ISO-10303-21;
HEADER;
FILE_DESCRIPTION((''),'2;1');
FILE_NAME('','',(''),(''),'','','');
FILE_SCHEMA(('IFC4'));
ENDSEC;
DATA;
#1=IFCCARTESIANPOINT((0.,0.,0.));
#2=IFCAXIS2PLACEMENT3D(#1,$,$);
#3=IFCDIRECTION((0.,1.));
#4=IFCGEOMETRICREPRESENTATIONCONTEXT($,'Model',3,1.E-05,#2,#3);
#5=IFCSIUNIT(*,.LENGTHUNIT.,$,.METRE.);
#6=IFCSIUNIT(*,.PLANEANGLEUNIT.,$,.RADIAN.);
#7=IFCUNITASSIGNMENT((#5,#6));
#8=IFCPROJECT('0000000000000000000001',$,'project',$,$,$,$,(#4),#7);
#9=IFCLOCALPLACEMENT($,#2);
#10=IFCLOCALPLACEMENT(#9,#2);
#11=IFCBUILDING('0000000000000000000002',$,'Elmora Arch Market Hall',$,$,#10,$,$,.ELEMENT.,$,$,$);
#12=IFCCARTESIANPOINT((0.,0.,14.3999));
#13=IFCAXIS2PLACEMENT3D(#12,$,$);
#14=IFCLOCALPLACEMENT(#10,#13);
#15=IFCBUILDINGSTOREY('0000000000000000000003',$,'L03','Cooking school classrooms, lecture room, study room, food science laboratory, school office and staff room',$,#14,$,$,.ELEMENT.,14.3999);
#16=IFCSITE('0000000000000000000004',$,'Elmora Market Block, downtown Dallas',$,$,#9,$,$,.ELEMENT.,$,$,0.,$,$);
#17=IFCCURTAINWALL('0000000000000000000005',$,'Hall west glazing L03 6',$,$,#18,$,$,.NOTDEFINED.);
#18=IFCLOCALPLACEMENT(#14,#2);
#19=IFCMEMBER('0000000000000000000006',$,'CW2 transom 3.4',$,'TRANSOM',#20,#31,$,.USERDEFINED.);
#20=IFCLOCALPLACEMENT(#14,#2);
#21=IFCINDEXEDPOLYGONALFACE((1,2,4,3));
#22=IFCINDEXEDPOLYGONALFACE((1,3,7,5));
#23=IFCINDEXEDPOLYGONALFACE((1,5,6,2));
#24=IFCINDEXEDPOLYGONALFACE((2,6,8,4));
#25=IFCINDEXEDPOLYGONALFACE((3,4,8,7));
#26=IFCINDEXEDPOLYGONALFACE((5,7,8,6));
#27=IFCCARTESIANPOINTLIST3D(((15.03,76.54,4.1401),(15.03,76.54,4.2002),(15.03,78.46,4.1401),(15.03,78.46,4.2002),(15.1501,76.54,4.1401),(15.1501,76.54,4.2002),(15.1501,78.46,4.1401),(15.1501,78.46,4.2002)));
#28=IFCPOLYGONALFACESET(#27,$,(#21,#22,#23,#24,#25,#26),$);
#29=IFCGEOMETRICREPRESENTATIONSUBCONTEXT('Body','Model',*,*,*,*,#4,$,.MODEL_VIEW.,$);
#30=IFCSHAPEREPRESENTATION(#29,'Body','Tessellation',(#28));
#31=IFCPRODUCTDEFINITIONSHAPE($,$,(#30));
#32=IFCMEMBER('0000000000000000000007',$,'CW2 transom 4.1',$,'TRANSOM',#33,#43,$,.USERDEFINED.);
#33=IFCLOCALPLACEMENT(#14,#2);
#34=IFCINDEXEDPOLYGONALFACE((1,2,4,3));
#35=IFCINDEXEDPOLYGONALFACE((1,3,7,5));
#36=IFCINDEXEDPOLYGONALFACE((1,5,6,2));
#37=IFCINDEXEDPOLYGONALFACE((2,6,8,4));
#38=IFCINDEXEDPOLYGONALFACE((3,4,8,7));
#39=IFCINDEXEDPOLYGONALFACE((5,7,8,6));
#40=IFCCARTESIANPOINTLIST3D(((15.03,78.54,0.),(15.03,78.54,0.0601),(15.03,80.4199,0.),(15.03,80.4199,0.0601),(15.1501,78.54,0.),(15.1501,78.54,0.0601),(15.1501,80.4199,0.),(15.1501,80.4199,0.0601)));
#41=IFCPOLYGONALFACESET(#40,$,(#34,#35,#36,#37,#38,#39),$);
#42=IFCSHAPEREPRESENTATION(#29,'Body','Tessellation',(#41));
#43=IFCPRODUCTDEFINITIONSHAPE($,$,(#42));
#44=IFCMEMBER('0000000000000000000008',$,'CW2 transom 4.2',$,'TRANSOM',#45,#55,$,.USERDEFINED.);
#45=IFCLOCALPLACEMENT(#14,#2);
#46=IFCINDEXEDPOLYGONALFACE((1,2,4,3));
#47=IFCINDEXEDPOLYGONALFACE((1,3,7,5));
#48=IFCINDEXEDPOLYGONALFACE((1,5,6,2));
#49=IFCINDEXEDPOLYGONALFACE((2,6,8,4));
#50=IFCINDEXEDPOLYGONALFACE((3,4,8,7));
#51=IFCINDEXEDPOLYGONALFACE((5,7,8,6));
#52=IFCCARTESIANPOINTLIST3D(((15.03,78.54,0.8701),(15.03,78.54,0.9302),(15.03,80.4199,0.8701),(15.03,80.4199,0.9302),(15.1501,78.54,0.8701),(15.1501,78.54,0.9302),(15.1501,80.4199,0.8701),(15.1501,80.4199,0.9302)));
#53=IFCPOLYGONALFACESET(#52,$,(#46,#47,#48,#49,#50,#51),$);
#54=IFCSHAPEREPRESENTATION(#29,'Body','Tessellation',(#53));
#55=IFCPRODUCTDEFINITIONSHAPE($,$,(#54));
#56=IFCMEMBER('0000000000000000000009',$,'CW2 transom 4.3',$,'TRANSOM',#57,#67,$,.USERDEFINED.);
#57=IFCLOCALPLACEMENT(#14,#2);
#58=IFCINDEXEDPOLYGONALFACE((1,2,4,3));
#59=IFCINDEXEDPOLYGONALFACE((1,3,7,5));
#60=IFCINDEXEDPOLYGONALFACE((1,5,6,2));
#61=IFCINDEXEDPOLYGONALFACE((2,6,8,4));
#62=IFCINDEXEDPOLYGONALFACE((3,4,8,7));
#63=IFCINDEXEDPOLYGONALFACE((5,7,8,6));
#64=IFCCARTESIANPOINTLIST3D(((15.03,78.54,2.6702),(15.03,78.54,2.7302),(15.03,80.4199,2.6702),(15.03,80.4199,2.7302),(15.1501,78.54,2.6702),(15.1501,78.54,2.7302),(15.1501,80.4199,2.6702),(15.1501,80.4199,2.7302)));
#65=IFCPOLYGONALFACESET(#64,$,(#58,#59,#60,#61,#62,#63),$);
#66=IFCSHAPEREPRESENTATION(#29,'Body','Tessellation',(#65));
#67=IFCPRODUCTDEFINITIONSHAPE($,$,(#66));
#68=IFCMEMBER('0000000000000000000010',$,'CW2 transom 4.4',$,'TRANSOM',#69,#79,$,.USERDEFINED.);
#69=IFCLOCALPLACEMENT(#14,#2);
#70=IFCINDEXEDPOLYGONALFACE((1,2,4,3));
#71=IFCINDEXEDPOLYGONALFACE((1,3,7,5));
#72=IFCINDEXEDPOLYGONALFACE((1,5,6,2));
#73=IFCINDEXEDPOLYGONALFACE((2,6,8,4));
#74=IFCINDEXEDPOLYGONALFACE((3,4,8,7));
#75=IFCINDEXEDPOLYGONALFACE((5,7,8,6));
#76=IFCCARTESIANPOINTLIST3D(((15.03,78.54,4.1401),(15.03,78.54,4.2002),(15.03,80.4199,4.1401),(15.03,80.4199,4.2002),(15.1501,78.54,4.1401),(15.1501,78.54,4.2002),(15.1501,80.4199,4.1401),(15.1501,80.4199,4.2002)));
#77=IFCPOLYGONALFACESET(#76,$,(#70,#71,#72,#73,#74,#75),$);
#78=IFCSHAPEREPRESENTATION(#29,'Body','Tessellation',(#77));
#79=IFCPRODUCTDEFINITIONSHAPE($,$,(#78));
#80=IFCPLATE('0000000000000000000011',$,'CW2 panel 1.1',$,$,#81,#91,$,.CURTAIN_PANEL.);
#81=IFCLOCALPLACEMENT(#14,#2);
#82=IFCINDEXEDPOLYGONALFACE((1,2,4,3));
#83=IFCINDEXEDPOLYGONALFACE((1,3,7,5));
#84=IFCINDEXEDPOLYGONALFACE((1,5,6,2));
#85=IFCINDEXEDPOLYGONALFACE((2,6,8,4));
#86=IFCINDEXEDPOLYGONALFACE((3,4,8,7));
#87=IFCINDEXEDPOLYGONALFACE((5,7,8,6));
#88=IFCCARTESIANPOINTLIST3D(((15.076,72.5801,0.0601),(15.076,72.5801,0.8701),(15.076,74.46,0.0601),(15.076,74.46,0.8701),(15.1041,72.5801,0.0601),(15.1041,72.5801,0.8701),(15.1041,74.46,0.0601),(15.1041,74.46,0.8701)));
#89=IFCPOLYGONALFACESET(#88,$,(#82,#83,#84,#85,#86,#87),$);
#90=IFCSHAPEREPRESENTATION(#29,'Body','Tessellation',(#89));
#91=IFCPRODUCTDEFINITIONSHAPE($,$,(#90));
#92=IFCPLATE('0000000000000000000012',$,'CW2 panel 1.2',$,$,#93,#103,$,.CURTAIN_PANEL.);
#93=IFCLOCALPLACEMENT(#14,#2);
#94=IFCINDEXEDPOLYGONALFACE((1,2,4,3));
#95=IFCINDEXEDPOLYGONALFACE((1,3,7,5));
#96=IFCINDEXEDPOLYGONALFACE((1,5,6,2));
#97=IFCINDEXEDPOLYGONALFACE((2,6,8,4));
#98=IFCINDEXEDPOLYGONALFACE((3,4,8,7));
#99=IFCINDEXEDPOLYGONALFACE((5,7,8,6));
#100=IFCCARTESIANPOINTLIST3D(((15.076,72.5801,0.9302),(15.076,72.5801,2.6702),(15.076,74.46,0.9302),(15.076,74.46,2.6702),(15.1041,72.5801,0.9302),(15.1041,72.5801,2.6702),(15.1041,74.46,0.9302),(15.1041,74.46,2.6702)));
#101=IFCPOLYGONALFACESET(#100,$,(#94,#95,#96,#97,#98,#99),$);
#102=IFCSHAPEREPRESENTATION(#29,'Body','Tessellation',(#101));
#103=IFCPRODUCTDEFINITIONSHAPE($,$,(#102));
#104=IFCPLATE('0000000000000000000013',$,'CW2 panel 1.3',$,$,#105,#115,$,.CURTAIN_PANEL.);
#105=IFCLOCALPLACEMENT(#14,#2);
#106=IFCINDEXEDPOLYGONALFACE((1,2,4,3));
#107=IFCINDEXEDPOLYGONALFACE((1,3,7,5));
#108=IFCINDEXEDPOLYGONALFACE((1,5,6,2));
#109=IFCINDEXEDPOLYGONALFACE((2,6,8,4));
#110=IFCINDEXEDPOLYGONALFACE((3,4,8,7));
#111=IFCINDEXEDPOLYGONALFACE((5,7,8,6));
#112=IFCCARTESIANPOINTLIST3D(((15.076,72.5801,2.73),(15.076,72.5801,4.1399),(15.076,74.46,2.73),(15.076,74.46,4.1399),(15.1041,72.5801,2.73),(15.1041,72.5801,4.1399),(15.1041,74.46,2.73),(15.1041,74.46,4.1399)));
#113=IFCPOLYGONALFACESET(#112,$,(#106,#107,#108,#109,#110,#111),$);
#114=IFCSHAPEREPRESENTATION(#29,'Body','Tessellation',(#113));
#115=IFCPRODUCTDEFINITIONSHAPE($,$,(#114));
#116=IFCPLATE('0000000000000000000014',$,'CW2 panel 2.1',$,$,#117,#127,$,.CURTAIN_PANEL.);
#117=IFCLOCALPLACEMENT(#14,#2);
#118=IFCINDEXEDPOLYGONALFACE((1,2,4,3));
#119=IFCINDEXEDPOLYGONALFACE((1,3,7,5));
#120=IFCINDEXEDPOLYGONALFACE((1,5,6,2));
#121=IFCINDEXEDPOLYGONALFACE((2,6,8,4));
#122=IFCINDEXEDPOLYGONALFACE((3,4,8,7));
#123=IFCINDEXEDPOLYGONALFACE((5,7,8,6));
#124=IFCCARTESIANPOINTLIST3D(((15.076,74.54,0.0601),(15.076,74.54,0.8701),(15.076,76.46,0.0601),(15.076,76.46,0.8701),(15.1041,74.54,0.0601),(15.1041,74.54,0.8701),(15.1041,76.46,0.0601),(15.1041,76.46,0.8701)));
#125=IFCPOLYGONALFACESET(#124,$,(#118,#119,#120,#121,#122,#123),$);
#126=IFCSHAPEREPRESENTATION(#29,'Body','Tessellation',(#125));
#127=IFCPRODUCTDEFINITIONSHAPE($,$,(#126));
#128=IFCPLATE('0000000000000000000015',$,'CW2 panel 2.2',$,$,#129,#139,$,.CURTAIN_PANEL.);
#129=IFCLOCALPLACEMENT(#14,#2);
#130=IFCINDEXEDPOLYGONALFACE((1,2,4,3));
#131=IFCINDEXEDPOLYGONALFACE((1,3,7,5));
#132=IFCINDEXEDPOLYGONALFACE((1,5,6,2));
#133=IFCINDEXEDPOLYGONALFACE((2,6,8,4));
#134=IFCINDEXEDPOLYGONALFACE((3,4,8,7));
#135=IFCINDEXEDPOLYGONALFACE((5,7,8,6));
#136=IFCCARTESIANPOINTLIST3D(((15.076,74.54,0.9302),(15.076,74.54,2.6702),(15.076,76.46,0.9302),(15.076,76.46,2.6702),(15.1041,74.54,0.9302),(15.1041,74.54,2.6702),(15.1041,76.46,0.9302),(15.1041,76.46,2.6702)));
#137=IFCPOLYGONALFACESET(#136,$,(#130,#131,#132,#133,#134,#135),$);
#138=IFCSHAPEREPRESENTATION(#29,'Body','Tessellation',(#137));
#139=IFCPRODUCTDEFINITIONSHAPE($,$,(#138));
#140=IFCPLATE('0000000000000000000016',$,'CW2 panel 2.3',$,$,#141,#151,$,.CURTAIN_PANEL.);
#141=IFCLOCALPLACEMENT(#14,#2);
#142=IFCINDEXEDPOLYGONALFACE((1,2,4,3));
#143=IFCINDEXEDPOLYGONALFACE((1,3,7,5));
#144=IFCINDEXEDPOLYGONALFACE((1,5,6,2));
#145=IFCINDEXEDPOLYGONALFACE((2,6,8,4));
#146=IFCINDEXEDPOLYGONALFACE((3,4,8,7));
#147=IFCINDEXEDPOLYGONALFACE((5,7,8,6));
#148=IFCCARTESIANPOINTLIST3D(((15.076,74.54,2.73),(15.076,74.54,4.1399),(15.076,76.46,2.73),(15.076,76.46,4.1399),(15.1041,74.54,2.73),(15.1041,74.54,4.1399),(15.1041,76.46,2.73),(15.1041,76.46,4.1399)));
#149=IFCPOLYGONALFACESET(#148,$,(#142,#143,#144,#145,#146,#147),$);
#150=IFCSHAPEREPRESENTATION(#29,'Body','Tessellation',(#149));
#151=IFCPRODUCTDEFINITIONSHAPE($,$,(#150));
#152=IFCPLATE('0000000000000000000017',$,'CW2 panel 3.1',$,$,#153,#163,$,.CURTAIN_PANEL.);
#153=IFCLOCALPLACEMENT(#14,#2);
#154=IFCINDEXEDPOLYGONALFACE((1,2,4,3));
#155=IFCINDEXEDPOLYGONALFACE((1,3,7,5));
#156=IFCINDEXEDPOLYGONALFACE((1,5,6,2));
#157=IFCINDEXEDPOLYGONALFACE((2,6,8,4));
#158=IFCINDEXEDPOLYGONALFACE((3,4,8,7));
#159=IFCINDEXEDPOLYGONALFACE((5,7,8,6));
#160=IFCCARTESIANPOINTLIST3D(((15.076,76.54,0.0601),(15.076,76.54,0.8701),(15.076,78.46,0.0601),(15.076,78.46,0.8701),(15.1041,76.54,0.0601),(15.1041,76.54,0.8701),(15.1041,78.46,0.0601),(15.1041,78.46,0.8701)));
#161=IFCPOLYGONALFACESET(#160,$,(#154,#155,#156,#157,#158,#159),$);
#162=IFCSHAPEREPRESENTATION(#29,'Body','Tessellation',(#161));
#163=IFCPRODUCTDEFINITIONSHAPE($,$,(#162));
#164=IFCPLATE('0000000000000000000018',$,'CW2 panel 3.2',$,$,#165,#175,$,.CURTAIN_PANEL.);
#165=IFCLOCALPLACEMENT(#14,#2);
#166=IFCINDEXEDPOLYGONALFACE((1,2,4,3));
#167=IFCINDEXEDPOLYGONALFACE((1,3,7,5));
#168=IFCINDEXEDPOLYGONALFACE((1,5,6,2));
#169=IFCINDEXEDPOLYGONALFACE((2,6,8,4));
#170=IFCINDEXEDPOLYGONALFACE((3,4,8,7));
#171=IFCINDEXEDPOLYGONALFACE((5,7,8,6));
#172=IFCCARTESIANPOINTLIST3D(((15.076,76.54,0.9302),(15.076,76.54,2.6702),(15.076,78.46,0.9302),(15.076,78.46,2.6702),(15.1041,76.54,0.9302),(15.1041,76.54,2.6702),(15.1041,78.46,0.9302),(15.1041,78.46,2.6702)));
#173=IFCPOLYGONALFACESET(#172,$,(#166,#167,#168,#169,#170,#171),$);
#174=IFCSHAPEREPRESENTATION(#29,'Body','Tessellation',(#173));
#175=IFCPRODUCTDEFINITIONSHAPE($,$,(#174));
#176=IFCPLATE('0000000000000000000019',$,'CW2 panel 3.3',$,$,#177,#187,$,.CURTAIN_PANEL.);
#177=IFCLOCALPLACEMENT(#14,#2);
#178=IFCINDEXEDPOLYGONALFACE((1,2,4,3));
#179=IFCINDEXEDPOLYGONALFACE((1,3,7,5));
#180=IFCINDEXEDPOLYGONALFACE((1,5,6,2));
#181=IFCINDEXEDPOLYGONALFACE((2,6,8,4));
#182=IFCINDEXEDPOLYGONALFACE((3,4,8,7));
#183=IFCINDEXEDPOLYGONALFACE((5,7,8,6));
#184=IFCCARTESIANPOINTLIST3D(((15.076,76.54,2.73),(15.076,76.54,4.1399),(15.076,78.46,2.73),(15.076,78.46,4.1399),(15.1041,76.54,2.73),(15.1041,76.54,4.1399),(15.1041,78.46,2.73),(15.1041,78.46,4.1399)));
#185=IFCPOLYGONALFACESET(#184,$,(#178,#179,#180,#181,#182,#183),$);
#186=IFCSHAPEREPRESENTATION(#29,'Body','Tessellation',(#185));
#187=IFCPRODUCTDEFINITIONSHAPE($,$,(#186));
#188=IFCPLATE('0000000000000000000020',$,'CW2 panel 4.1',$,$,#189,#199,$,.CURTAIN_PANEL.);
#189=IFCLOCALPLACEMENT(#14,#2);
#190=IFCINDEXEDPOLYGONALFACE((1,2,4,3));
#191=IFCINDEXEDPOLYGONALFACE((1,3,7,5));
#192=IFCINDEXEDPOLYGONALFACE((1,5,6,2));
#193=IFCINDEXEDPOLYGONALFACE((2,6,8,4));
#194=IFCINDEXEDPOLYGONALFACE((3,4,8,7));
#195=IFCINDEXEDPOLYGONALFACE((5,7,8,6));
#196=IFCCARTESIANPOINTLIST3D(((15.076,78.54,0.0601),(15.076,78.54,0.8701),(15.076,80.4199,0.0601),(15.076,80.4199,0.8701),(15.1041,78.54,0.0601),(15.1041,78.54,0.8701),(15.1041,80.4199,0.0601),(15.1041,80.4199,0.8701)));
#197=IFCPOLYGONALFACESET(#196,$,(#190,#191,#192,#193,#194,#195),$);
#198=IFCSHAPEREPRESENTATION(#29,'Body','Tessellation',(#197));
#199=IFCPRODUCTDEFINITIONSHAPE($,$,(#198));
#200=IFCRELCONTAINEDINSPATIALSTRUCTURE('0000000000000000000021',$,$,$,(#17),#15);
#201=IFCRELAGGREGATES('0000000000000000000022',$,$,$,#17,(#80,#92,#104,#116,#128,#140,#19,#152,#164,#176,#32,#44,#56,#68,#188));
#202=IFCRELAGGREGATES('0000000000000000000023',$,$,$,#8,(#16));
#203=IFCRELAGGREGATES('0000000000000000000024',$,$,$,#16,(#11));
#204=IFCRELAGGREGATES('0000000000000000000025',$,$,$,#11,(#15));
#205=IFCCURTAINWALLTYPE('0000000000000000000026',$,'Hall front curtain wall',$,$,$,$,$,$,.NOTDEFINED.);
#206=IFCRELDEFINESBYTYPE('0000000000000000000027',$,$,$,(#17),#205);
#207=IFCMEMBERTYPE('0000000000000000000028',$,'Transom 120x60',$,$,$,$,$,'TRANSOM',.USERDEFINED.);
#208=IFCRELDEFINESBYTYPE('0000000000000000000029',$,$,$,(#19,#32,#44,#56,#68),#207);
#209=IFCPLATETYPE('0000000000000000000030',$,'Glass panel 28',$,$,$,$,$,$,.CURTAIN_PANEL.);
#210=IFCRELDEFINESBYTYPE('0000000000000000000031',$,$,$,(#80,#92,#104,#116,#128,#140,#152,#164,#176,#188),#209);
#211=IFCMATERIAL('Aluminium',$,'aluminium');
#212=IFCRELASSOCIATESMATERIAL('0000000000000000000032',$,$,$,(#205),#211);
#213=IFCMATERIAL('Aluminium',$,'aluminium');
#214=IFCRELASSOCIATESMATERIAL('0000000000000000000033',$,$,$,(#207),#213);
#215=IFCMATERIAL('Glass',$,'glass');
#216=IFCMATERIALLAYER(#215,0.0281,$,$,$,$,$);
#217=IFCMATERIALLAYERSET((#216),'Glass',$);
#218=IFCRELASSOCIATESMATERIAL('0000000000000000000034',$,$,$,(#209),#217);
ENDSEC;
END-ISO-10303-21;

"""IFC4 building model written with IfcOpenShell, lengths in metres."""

from ifc_helpers import new_model, si_unit, direction, frame, origin, origin_2d, place, context, subcontext, project, spatial, rectangle, extrude, material, layer, layer_set, material_profile, profile_set, type_object, element, aggregate, save


model = new_model("IFC4")

# Units and contexts
model_context = context("Model", 3, precision=1e-05, world=origin(), true_north=direction((0.0, 1.0)))
body_context = subcontext(model_context, "Body", "Model", "MODEL_VIEW")
ifc_project = project(units=[si_unit("LENGTHUNIT", "METRE"), si_unit("PLANEANGLEUNIT", "RADIAN")], contexts=[model_context])

# Site, building, storey
site_placement = place(None, origin())
site = spatial("IfcSite", under=ifc_project, at=site_placement, Name="Elmora Market Block, downtown Dallas", CompositionType="ELEMENT", RefElevation=0.0)
building_placement = place(site_placement, origin())
building = spatial("IfcBuilding", under=site, at=building_placement, Name="Elmora Arch Market Hall", CompositionType="ELEMENT")
storey_placement = place(building_placement, frame((0.0, 0.0, 14.3999)))
storey = spatial("IfcBuildingStorey", under=building, at=storey_placement, Name="L03", Description="Cooking school classrooms, lecture room, study room, food science laboratory, school office and staff room", CompositionType="ELEMENT", Elevation=14.3999)

# Curtain wall, members, plates
ifc_material_1 = material(Name="Aluminium", Category="aluminium")
curtain_wall_type = type_object("IfcCurtainWallType", Name="Hall front curtain wall", PredefinedType="NOTDEFINED", material=ifc_material_1)
curtain_wall_placement = place(storey_placement, origin())
curtain_wall = element("IfcCurtainWall", 1, at=curtain_wall_placement, inside=storey, type_object=curtain_wall_type, Name="Hall west glazing L03 6", PredefinedType="NOTDEFINED")
ifc_material_2 = material(Name="Aluminium", Category="aluminium")
ifc_material_profile_1 = material_profile(ifc_material_2, rectangle(XDim=0.1201, YDim=0.0601, at=origin_2d()), Name="AL 120x60")
ifc_profile_set_1 = profile_set([ifc_material_profile_1], Name="Aluminium")
member_type_1 = type_object("IfcMemberType", Name="Transom 120x60", ElementType="TRANSOM", PredefinedType="USERDEFINED", material=ifc_profile_set_1)
member_1_placement = place(storey_placement, frame((15.0901, 76.54, 4.1702), z_axis=(0.0, 1.0, 0.0), x_axis=(-1.0, 0.0, 0.0)))
member_1 = element("IfcMember", 2, at=member_1_placement, type_object=member_type_1, Name="CW2 transom 3.4", ObjectType="TRANSOM", PredefinedType="USERDEFINED", context=body_context, shape_type="SweptSolid", body=[
    extrude(rectangle(XDim=0.1201, YDim=0.0601, at=origin_2d()), origin(), (0.0, 0.0, 1.0), 1.9199),
])
member_2_placement = place(storey_placement, frame((15.0901, 78.54, 0.03), z_axis=(0.0, 1.0, 0.0), x_axis=(-1.0, 0.0, 0.0)))
member_2 = element("IfcMember", 3, at=member_2_placement, type_object=member_type_1, Name="CW2 transom 4.1", ObjectType="TRANSOM", PredefinedType="USERDEFINED", context=body_context, shape_type="SweptSolid", body=[
    extrude(rectangle(XDim=0.1201, YDim=0.0601, at=origin_2d()), origin(), (0.0, 0.0, 1.0), 1.8799),
])
member_3_placement = place(storey_placement, frame((15.0901, 78.54, 0.9001), z_axis=(0.0, 1.0, 0.0), x_axis=(-1.0, 0.0, 0.0)))
member_3 = element("IfcMember", 4, at=member_3_placement, type_object=member_type_1, Name="CW2 transom 4.2", ObjectType="TRANSOM", PredefinedType="USERDEFINED", context=body_context, shape_type="SweptSolid", body=[
    extrude(rectangle(XDim=0.1201, YDim=0.0601, at=origin_2d()), origin(), (0.0, 0.0, 1.0), 1.8799),
])
member_4_placement = place(storey_placement, frame((15.0901, 78.54, 2.7002), z_axis=(0.0, 1.0, 0.0), x_axis=(-1.0, 0.0, 0.0)))
member_4 = element("IfcMember", 5, at=member_4_placement, type_object=member_type_1, Name="CW2 transom 4.3", ObjectType="TRANSOM", PredefinedType="USERDEFINED", context=body_context, shape_type="SweptSolid", body=[
    extrude(rectangle(XDim=0.1201, YDim=0.0601, at=origin_2d()), origin(), (0.0, 0.0, 1.0), 1.8799),
])
member_5_placement = place(storey_placement, frame((15.0901, 78.54, 4.1702), z_axis=(0.0, 1.0, 0.0), x_axis=(-1.0, 0.0, 0.0)))
member_5 = element("IfcMember", 6, at=member_5_placement, type_object=member_type_1, Name="CW2 transom 4.4", ObjectType="TRANSOM", PredefinedType="USERDEFINED", context=body_context, shape_type="SweptSolid", body=[
    extrude(rectangle(XDim=0.1201, YDim=0.0601, at=origin_2d()), origin(), (0.0, 0.0, 1.0), 1.8799),
])
ifc_material_3 = material(Name="Glass", Category="glass")
ifc_layer = layer(ifc_material_3, 0.0281)
ifc_layer_set = layer_set([ifc_layer], Name="Glass")
plate_type = type_object("IfcPlateType", Name="Glass panel 28", PredefinedType="CURTAIN_PANEL", material=ifc_layer_set)
plate_1_placement = place(storey_placement, frame((15.0901, 73.52, 0.0601), z_axis=(0.0, 0.0, 1.0), x_axis=(0.0, 1.0, 0.0)))
plate_1 = element("IfcPlate", 7, at=plate_1_placement, type_object=plate_type, Name="CW2 panel 1.1", PredefinedType="CURTAIN_PANEL", context=body_context, shape_type="SweptSolid", body=[
    extrude(rectangle(XDim=1.8799, YDim=0.0281, at=origin_2d()), origin(), (0.0, 0.0, 1.0), 0.8101),
])
plate_2_placement = place(storey_placement, frame((15.0901, 73.52, 0.9302), z_axis=(0.0, 0.0, 1.0), x_axis=(0.0, 1.0, 0.0)))
plate_2 = element("IfcPlate", 8, at=plate_2_placement, type_object=plate_type, Name="CW2 panel 1.2", PredefinedType="CURTAIN_PANEL", context=body_context, shape_type="SweptSolid", body=[
    extrude(rectangle(XDim=1.8799, YDim=0.0281, at=origin_2d()), origin(), (0.0, 0.0, 1.0), 1.74),
])
plate_3_placement = place(storey_placement, frame((15.0901, 73.52, 2.73), z_axis=(0.0, 0.0, 1.0), x_axis=(0.0, 1.0, 0.0)))
plate_3 = element("IfcPlate", 9, at=plate_3_placement, type_object=plate_type, Name="CW2 panel 1.3", PredefinedType="CURTAIN_PANEL", context=body_context, shape_type="SweptSolid", body=[
    extrude(rectangle(XDim=1.8799, YDim=0.0281, at=origin_2d()), origin(), (0.0, 0.0, 1.0), 1.4099),
])
plate_4_placement = place(storey_placement, frame((15.0901, 75.5, 0.0601), z_axis=(0.0, 0.0, 1.0), x_axis=(0.0, 1.0, 0.0)))
plate_4 = element("IfcPlate", 10, at=plate_4_placement, type_object=plate_type, Name="CW2 panel 2.1", PredefinedType="CURTAIN_PANEL", context=body_context, shape_type="SweptSolid", body=[
    extrude(rectangle(XDim=1.9199, YDim=0.0281, at=origin_2d()), origin(), (0.0, 0.0, 1.0), 0.8101),
])
plate_5_placement = place(storey_placement, frame((15.0901, 75.5, 0.9302), z_axis=(0.0, 0.0, 1.0), x_axis=(0.0, 1.0, 0.0)))
plate_5 = element("IfcPlate", 11, at=plate_5_placement, type_object=plate_type, Name="CW2 panel 2.2", PredefinedType="CURTAIN_PANEL", context=body_context, shape_type="SweptSolid", body=[
    extrude(rectangle(XDim=1.9199, YDim=0.0281, at=origin_2d()), origin(), (0.0, 0.0, 1.0), 1.74),
])
plate_6_placement = place(storey_placement, frame((15.0901, 75.5, 2.73), z_axis=(0.0, 0.0, 1.0), x_axis=(0.0, 1.0, 0.0)))
plate_6 = element("IfcPlate", 12, at=plate_6_placement, type_object=plate_type, Name="CW2 panel 2.3", PredefinedType="CURTAIN_PANEL", context=body_context, shape_type="SweptSolid", body=[
    extrude(rectangle(XDim=1.9199, YDim=0.0281, at=origin_2d()), origin(), (0.0, 0.0, 1.0), 1.4099),
])
plate_7_placement = place(storey_placement, frame((15.0901, 77.5, 0.0601), z_axis=(0.0, 0.0, 1.0), x_axis=(0.0, 1.0, 0.0)))
plate_7 = element("IfcPlate", 13, at=plate_7_placement, type_object=plate_type, Name="CW2 panel 3.1", PredefinedType="CURTAIN_PANEL", context=body_context, shape_type="SweptSolid", body=[
    extrude(rectangle(XDim=1.9199, YDim=0.0281, at=origin_2d()), origin(), (0.0, 0.0, 1.0), 0.8101),
])
plate_8_placement = place(storey_placement, frame((15.0901, 77.5, 0.9302), z_axis=(0.0, 0.0, 1.0), x_axis=(0.0, 1.0, 0.0)))
plate_8 = element("IfcPlate", 14, at=plate_8_placement, type_object=plate_type, Name="CW2 panel 3.2", PredefinedType="CURTAIN_PANEL", context=body_context, shape_type="SweptSolid", body=[
    extrude(rectangle(XDim=1.9199, YDim=0.0281, at=origin_2d()), origin(), (0.0, 0.0, 1.0), 1.74),
])
plate_9_placement = place(storey_placement, frame((15.0901, 77.5, 2.73), z_axis=(0.0, 0.0, 1.0), x_axis=(0.0, 1.0, 0.0)))
plate_9 = element("IfcPlate", 15, at=plate_9_placement, type_object=plate_type, Name="CW2 panel 3.3", PredefinedType="CURTAIN_PANEL", context=body_context, shape_type="SweptSolid", body=[
    extrude(rectangle(XDim=1.9199, YDim=0.0281, at=origin_2d()), origin(), (0.0, 0.0, 1.0), 1.4099),
])
plate_10_placement = place(storey_placement, frame((15.0901, 79.48, 0.0601), z_axis=(0.0, 0.0, 1.0), x_axis=(0.0, 1.0, 0.0)))
plate_10 = element("IfcPlate", 16, at=plate_10_placement, type_object=plate_type, Name="CW2 panel 4.1", PredefinedType="CURTAIN_PANEL", context=body_context, shape_type="SweptSolid", body=[
    extrude(rectangle(XDim=1.8799, YDim=0.0281, at=origin_2d()), origin(), (0.0, 0.0, 1.0), 0.8101),
])
aggregate(curtain_wall, [plate_1, plate_2, plate_3, plate_4, plate_5, plate_6, member_1, plate_7, plate_8, plate_9, member_2, member_3, member_4, member_5, plate_10])

save(model, "model.ifc")
